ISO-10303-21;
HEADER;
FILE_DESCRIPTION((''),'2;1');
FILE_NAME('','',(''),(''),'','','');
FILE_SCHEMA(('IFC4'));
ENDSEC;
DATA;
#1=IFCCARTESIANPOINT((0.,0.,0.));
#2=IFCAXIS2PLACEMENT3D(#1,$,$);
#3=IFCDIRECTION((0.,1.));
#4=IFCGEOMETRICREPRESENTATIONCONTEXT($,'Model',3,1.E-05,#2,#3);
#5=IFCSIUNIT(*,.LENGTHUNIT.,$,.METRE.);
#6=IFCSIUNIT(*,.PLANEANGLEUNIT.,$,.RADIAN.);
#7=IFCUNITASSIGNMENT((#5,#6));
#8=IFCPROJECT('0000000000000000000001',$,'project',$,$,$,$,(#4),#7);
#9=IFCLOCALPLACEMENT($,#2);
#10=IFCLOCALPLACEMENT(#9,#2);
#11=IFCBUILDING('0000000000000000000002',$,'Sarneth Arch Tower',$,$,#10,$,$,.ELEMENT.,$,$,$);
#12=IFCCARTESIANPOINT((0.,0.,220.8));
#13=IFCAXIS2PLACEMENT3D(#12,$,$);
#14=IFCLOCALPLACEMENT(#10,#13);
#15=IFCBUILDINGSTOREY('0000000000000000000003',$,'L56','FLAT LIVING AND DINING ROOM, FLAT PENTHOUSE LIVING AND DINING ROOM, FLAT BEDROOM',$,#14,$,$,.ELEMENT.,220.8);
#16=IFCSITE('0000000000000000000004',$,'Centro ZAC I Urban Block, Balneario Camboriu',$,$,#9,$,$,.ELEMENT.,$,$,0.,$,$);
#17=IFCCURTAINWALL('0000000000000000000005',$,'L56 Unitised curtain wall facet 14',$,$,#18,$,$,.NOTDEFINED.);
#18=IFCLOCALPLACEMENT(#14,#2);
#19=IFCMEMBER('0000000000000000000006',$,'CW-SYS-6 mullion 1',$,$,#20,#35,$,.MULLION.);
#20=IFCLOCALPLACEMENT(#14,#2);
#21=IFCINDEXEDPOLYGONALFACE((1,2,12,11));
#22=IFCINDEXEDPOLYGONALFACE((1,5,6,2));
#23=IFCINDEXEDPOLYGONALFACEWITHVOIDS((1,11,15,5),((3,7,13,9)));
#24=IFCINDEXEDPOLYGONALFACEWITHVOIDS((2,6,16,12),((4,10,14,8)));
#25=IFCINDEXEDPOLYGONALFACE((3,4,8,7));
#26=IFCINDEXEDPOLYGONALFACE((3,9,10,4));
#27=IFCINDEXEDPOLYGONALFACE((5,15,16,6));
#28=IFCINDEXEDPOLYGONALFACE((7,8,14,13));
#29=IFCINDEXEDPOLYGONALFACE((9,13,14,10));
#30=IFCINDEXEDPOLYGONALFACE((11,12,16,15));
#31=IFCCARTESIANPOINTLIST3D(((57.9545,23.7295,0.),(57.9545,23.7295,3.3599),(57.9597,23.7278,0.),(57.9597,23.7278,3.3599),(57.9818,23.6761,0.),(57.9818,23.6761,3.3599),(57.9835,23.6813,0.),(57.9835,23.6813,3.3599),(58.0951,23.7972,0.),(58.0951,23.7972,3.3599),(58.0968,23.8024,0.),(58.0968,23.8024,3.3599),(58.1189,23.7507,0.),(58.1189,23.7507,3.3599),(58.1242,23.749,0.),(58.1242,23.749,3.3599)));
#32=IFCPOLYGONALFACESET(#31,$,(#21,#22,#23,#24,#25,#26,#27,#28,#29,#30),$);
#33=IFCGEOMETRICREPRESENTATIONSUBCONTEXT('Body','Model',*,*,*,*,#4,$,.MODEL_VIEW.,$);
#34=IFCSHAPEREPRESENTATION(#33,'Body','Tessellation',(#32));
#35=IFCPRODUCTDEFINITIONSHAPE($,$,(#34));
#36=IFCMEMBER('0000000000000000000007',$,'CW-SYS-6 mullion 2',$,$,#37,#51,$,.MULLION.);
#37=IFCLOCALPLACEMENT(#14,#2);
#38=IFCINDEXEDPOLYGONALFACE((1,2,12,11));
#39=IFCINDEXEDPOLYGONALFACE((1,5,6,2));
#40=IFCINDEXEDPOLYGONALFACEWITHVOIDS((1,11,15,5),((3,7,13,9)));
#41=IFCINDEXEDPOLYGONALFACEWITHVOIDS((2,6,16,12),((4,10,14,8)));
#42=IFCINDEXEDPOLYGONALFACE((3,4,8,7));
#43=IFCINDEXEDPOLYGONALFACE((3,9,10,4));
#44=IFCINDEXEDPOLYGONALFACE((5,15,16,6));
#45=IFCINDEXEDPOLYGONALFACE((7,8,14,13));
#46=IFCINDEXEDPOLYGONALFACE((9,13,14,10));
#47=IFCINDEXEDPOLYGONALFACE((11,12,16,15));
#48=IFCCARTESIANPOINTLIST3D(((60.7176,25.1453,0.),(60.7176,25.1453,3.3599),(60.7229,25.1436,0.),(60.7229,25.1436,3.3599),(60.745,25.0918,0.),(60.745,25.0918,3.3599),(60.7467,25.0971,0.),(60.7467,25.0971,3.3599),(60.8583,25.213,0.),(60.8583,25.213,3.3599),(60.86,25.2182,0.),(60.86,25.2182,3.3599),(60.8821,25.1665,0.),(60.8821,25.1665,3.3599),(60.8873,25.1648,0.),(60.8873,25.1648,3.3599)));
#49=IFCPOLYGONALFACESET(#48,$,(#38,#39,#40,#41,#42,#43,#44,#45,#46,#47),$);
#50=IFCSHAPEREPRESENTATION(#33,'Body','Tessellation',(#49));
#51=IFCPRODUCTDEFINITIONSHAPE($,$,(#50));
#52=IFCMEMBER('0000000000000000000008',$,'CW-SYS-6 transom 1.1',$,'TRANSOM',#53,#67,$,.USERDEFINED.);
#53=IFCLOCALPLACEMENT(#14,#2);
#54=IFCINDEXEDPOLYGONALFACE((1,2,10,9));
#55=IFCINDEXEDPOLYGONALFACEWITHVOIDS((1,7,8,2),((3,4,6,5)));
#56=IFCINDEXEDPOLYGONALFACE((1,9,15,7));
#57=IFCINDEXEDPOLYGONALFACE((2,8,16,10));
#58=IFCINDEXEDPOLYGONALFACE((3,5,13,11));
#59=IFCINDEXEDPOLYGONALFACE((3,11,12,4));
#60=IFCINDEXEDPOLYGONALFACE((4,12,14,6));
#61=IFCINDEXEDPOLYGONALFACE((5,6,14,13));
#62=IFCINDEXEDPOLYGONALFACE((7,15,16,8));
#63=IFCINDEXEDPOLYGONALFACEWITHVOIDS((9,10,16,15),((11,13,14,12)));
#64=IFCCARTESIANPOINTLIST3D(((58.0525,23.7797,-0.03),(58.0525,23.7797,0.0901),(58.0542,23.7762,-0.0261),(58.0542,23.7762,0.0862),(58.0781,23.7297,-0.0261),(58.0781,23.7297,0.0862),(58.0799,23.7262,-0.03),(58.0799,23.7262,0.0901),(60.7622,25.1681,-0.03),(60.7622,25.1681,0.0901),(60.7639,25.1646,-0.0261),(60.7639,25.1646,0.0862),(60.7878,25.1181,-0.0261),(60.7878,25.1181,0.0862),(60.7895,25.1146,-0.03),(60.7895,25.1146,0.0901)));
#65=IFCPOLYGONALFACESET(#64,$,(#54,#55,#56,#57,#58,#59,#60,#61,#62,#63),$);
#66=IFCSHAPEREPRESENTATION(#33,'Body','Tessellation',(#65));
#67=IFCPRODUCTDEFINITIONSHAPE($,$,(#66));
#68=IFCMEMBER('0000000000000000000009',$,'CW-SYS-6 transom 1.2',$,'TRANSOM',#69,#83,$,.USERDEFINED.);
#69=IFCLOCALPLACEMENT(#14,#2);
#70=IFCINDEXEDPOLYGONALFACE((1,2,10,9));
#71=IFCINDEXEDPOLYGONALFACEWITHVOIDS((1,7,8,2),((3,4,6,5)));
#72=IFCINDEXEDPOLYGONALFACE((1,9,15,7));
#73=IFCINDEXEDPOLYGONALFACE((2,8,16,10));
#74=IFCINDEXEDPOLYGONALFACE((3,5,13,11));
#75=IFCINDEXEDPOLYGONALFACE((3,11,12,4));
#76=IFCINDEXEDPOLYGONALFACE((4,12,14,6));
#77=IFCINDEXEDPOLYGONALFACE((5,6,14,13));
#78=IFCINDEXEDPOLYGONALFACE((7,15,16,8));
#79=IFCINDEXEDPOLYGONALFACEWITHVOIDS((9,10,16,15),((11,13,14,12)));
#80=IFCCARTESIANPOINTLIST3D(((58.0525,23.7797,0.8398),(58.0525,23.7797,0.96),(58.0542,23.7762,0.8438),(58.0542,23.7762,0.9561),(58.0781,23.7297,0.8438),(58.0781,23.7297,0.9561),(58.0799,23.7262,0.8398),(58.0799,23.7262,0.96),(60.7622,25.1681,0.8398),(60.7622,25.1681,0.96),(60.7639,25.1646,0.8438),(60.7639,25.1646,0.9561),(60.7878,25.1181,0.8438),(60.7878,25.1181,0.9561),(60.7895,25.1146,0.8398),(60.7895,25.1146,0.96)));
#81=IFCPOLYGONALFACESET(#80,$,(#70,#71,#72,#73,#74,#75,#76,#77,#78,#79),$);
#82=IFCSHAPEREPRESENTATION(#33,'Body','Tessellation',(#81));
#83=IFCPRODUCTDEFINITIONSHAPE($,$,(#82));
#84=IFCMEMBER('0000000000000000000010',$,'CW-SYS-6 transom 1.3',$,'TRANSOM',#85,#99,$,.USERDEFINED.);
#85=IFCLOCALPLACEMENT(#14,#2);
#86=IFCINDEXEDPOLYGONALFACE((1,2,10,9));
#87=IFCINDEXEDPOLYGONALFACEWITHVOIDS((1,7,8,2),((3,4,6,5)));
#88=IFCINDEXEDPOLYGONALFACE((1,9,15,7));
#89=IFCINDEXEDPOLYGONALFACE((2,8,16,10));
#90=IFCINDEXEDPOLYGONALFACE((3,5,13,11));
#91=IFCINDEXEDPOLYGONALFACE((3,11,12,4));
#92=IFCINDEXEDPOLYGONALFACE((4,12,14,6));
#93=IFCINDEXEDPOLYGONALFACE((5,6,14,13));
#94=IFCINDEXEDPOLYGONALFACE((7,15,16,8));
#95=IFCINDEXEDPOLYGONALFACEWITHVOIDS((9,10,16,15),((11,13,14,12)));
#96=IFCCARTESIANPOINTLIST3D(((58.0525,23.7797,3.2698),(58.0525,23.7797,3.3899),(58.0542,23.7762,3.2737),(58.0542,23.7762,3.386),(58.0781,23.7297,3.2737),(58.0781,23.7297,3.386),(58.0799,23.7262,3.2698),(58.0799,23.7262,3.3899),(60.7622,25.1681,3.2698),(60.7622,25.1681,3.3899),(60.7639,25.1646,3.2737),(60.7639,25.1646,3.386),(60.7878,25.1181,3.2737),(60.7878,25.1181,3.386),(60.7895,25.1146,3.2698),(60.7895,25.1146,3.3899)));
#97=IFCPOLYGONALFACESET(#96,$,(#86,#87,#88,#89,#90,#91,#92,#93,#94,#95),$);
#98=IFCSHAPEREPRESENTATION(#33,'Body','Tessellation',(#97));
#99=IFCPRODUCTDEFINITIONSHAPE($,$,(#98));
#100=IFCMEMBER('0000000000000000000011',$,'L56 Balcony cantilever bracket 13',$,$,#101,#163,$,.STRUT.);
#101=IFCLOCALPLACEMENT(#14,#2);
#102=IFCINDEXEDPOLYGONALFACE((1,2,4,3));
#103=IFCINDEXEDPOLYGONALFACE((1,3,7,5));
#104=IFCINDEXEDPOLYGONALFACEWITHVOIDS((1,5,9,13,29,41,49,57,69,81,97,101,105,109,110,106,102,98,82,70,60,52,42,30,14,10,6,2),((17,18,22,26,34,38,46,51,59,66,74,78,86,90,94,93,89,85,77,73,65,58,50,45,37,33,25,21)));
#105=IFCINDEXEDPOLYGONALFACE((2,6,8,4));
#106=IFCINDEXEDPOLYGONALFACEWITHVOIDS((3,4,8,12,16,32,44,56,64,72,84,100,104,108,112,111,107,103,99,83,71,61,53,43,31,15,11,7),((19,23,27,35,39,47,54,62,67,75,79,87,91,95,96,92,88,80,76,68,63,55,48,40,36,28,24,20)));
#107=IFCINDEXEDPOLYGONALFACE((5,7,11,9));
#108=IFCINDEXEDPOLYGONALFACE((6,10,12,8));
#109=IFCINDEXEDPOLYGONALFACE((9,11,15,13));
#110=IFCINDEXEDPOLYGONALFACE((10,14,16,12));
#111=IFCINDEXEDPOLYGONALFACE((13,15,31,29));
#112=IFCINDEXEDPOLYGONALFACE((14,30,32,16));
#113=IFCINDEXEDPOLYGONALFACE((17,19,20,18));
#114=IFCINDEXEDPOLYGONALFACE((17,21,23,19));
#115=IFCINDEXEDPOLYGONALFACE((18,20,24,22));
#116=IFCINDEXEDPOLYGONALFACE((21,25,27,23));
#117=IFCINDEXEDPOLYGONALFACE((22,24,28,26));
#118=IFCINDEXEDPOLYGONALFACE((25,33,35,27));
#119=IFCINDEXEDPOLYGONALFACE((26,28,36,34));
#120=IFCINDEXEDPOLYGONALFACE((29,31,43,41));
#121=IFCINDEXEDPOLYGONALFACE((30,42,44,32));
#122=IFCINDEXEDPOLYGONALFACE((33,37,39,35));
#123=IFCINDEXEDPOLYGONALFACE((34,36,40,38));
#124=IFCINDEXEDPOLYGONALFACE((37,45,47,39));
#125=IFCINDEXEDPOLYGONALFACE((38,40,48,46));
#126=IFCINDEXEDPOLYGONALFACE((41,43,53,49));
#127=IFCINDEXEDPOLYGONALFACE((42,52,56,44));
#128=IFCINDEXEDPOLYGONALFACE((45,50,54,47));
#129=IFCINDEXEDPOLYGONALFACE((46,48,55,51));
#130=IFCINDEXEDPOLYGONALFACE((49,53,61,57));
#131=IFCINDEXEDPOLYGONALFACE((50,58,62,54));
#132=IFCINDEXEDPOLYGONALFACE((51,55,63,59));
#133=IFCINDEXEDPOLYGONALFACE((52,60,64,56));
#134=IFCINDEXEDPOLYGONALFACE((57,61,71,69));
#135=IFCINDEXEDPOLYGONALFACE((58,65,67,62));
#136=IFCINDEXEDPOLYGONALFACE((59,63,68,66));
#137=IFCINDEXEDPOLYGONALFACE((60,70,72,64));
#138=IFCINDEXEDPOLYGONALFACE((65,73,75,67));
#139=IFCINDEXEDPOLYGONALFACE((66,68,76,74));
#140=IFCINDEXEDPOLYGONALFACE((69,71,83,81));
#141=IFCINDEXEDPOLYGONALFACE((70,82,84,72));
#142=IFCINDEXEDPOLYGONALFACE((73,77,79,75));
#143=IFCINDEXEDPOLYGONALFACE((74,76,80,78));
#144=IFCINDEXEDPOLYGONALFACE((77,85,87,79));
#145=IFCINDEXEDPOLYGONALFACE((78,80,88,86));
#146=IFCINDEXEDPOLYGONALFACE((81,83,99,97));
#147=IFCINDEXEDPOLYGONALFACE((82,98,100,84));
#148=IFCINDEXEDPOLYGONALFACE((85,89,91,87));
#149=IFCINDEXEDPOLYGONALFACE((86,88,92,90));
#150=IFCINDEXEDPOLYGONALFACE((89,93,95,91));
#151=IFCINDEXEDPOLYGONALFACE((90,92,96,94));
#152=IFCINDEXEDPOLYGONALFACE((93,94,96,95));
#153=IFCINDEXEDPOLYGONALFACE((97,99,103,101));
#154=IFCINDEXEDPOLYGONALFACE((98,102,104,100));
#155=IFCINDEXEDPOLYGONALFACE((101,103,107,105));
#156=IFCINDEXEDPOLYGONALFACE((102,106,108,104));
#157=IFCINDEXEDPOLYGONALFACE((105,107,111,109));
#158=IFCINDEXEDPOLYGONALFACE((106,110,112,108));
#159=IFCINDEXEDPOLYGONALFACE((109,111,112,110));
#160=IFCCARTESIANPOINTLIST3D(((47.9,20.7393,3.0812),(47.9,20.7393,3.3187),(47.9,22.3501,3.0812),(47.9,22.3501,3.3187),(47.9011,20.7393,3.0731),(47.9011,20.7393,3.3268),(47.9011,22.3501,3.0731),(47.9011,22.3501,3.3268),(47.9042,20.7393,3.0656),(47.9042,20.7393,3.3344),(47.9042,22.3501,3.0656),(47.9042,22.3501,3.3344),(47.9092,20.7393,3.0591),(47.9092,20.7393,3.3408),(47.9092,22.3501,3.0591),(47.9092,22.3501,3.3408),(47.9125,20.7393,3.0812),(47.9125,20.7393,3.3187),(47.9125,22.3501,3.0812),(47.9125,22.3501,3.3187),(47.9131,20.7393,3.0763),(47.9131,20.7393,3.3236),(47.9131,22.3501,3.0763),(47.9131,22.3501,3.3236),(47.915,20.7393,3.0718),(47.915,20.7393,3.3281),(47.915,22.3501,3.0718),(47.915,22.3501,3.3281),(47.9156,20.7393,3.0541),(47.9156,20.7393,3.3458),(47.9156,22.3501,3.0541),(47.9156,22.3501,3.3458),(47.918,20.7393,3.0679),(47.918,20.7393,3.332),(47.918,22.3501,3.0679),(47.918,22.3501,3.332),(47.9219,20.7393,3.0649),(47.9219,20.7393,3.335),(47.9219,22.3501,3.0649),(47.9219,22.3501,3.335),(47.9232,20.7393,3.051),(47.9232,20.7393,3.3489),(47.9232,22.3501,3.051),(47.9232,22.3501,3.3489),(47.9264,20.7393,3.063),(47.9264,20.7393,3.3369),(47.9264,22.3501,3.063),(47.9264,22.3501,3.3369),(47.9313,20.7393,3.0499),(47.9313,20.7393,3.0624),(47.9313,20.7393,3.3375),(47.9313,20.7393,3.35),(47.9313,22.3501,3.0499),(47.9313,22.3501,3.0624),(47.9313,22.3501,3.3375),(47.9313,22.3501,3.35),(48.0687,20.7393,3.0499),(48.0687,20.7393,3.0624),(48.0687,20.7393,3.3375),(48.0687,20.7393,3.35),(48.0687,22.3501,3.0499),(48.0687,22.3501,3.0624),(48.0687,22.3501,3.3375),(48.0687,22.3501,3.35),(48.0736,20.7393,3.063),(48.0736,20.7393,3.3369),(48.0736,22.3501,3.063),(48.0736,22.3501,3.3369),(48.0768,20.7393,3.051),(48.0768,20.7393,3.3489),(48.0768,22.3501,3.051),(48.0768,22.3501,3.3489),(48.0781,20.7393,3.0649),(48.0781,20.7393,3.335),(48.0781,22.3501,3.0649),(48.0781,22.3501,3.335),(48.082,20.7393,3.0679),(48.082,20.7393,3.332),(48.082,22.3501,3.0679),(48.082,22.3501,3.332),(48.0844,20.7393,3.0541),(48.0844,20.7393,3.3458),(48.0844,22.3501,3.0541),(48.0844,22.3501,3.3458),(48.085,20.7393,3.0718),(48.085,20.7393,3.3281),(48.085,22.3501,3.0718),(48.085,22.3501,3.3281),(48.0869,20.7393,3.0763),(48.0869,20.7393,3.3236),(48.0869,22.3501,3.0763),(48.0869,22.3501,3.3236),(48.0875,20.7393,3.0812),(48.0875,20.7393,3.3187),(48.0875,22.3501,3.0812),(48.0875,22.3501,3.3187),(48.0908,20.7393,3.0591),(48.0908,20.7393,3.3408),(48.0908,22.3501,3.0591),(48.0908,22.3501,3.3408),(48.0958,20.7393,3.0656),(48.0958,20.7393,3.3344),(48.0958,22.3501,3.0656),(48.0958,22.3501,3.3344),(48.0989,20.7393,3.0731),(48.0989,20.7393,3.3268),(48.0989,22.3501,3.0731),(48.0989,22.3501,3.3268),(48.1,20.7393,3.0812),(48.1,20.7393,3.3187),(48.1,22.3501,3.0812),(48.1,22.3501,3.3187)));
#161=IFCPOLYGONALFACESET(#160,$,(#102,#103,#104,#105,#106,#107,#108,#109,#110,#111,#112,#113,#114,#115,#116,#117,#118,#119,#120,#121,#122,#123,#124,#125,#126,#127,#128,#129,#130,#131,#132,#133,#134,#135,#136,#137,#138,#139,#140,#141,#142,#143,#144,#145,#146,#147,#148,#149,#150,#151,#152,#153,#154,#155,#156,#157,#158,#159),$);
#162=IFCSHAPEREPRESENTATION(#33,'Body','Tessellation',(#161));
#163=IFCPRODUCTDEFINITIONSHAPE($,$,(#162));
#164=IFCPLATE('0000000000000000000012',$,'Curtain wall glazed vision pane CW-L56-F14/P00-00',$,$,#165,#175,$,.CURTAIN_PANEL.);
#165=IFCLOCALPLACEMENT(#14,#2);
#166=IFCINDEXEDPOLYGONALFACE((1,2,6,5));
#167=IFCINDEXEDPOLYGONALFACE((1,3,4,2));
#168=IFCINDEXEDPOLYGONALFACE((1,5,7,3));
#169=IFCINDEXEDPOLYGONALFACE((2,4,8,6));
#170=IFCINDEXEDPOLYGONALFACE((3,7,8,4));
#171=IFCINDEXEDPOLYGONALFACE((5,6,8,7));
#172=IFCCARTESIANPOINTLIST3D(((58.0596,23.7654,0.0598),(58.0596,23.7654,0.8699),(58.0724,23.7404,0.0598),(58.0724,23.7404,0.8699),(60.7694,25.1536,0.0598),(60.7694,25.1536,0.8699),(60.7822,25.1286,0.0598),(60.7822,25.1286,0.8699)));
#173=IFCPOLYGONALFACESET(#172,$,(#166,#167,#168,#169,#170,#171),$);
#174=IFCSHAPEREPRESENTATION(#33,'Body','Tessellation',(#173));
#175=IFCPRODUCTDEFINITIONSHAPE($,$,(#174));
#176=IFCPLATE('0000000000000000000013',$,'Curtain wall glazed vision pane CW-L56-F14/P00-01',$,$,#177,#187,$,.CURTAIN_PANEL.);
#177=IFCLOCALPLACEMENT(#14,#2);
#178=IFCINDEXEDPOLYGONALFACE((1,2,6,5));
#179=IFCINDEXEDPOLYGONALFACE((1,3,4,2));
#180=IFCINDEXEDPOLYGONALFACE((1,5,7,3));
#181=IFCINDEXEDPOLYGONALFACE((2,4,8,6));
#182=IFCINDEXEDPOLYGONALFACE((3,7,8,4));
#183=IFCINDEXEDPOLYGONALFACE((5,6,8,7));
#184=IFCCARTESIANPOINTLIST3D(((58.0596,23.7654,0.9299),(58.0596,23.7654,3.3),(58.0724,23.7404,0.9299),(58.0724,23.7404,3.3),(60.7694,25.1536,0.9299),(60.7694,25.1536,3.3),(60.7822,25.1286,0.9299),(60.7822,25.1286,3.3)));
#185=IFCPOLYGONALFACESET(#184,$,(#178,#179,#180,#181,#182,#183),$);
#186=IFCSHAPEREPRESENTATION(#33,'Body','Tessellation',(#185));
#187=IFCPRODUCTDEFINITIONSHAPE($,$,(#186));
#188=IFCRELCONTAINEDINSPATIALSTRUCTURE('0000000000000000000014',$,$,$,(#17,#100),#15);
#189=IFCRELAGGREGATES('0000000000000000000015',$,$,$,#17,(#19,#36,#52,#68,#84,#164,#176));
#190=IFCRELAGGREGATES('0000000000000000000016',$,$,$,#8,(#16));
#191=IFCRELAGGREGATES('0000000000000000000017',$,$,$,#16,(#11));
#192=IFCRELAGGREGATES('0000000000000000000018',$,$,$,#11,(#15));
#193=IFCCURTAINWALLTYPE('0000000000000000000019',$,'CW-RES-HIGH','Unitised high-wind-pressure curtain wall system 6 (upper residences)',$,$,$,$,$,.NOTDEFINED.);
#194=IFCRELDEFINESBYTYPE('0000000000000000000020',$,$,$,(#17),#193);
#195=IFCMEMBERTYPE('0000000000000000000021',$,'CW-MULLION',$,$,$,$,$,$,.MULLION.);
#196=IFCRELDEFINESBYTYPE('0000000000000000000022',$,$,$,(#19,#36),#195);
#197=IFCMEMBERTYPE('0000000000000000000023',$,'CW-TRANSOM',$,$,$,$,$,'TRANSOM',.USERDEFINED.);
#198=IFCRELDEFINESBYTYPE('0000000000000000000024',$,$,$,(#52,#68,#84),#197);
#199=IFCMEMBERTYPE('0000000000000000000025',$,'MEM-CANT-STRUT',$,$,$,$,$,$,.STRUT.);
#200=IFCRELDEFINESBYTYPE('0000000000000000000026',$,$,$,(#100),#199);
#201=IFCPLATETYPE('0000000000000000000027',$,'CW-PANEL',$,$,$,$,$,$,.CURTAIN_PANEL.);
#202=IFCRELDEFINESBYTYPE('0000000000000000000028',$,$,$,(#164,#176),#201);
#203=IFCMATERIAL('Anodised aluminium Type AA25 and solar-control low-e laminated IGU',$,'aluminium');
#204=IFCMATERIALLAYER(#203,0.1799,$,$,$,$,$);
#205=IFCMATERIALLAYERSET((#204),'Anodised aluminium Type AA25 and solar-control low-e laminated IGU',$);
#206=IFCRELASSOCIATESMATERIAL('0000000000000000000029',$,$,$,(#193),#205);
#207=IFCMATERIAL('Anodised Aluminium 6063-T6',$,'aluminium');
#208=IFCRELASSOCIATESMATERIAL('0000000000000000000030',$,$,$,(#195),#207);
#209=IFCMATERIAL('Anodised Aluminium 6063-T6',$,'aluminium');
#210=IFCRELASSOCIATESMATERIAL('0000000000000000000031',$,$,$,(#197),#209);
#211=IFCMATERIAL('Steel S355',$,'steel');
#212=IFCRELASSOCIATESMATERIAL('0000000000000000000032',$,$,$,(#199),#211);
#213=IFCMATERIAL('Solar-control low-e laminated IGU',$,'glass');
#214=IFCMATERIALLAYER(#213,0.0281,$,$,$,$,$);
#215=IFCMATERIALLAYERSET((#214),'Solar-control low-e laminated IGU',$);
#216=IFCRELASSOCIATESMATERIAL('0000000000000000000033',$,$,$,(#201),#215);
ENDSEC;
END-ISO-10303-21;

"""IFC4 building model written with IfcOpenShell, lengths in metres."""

from ifc_helpers import new_model, si_unit, direction, frame, origin, origin_2d, place, context, subcontext, project, spatial, rectangle, hollow_rectangle, extrude, material, layer, layer_set, material_profile, profile_set, type_object, element, aggregate, save


model = new_model("IFC4")

# Units and contexts
model_context = context("Model", 3, precision=1e-05, world=origin(), true_north=direction((0.0, 1.0)))
body_context = subcontext(model_context, "Body", "Model", "MODEL_VIEW")
ifc_project = project(units=[si_unit("LENGTHUNIT", "METRE"), si_unit("PLANEANGLEUNIT", "RADIAN")], contexts=[model_context])

# Site, building, storey
site_placement = place(None, origin())
site = spatial("IfcSite", under=ifc_project, at=site_placement, Name="Centro ZAC I Urban Block, Balneario Camboriu", CompositionType="ELEMENT", RefElevation=0.0)
building_placement = place(site_placement, origin())
building = spatial("IfcBuilding", under=site, at=building_placement, Name="Sarneth Arch Tower", CompositionType="ELEMENT")
storey_placement = place(building_placement, frame((0.0, 0.0, 220.8)))
storey = spatial("IfcBuildingStorey", under=building, at=storey_placement, Name="L56", Description="FLAT LIVING AND DINING ROOM, FLAT PENTHOUSE LIVING AND DINING ROOM, FLAT BEDROOM", CompositionType="ELEMENT", Elevation=220.8)

# Curtain wall, members
ifc_material_1 = material(Name="Anodised aluminium Type AA25 and solar-control low-e laminated IGU", Category="aluminium")
ifc_layer_1 = layer(ifc_material_1, 0.1799)
ifc_layer_set_1 = layer_set([ifc_layer_1], Name="Anodised aluminium Type AA25 and solar-control low-e laminated IGU")
curtain_wall_type = type_object("IfcCurtainWallType", Name="CW-RES-HIGH", Description="Unitised high-wind-pressure curtain wall system 6 (upper residences)", PredefinedType="NOTDEFINED", material=ifc_layer_set_1)
curtain_wall_placement = place(storey_placement, origin())
curtain_wall = element("IfcCurtainWall", 1, at=curtain_wall_placement, inside=storey, type_object=curtain_wall_type, Name="L56 Unitised curtain wall facet 14", PredefinedType="NOTDEFINED")
ifc_material_2 = material(Name="Anodised Aluminium 6063-T6", Category="aluminium")
ifc_material_profile_1 = material_profile(ifc_material_2, hollow_rectangle(XDim=0.0601, YDim=0.1599, WallThickness=0.0039, at=origin_2d()), Name="AL-MULL-160x60x4")
ifc_profile_set_1 = profile_set([ifc_material_profile_1], Name="Anodised Aluminium 6063-T6")
member_type_1 = type_object("IfcMemberType", Name="CW-MULLION", PredefinedType="MULLION", material=ifc_profile_set_1)
member_1_placement = place(storey_placement, frame((58.0393, 23.7393, 0.0), z_axis=(0.0, 0.0, 1.0), x_axis=(-0.455942, 0.89001, 0.0)))
member_1 = element("IfcMember", 2, at=member_1_placement, type_object=member_type_1, Name="CW-SYS-6 mullion 1", PredefinedType="MULLION", context=body_context, shape_type="SweptSolid", body=[
    extrude(hollow_rectangle(XDim=0.0601, YDim=0.1599, WallThickness=0.0039, at=origin_2d()), origin(), (0.0, 0.0, 1.0), 3.3599),
])
member_2_placement = place(storey_placement, frame((60.8025, 25.155, 0.0), z_axis=(0.0, 0.0, 1.0), x_axis=(-0.455942, 0.89001, 0.0)))
member_2 = element("IfcMember", 3, at=member_2_placement, type_object=member_type_1, Name="CW-SYS-6 mullion 2", PredefinedType="MULLION", context=body_context, shape_type="SweptSolid", body=[
    extrude(hollow_rectangle(XDim=0.0601, YDim=0.1599, WallThickness=0.0039, at=origin_2d()), origin(), (0.0, 0.0, 1.0), 3.3599),
])
ifc_material_3 = material(Name="Anodised Aluminium 6063-T6", Category="aluminium")
ifc_material_profile_2 = material_profile(ifc_material_3, hollow_rectangle(XDim=0.0601, YDim=0.1201, WallThickness=0.0039, at=origin_2d()), Name="AL-TRAN-120x60x4")
ifc_profile_set_2 = profile_set([ifc_material_profile_2], Name="Anodised Aluminium 6063-T6")
member_type_2 = type_object("IfcMemberType", Name="CW-TRANSOM", ElementType="TRANSOM", PredefinedType="USERDEFINED", material=ifc_profile_set_2)
member_3_placement = place(storey_placement, frame((58.0662, 23.7529, 0.03), z_axis=(0.889974, 0.456012, 0.0), x_axis=(-0.456012, 0.889974, 0.0)))
member_3 = element("IfcMember", 4, at=member_3_placement, type_object=member_type_2, Name="CW-SYS-6 transom 1.1", ObjectType="TRANSOM", PredefinedType="USERDEFINED", context=body_context, shape_type="SweptSolid", body=[
    extrude(hollow_rectangle(XDim=0.0601, YDim=0.1201, WallThickness=0.0039, at=origin_2d()), origin(), (0.0, 0.0, 1.0), 3.0447),
])
member_4_placement = place(storey_placement, frame((58.0662, 23.7529, 0.8999), z_axis=(0.889974, 0.456012, 0.0), x_axis=(-0.456012, 0.889974, 0.0)))
member_4 = element("IfcMember", 5, at=member_4_placement, type_object=member_type_2, Name="CW-SYS-6 transom 1.2", ObjectType="TRANSOM", PredefinedType="USERDEFINED", context=body_context, shape_type="SweptSolid", body=[
    extrude(hollow_rectangle(XDim=0.0601, YDim=0.1201, WallThickness=0.0039, at=origin_2d()), origin(), (0.0, 0.0, 1.0), 3.0447),
])
member_5_placement = place(storey_placement, frame((58.0662, 23.7529, 3.3298), z_axis=(0.889974, 0.456012, 0.0), x_axis=(-0.456012, 0.889974, 0.0)))
member_5 = element("IfcMember", 6, at=member_5_placement, type_object=member_type_2, Name="CW-SYS-6 transom 1.3", ObjectType="TRANSOM", PredefinedType="USERDEFINED", context=body_context, shape_type="SweptSolid", body=[
    extrude(hollow_rectangle(XDim=0.0601, YDim=0.1201, WallThickness=0.0039, at=origin_2d()), origin(), (0.0, 0.0, 1.0), 3.0447),
])

# Member
ifc_material_4 = material(Name="Steel S355", Category="steel")
ifc_material_profile_3 = material_profile(ifc_material_4, hollow_rectangle(XDim=0.2, YDim=0.3, WallThickness=0.0125, InnerFilletRadius=0.0188, OuterFilletRadius=0.0312, at=origin_2d()), Name="RHS300x200x12.5")
ifc_profile_set_3 = profile_set([ifc_material_profile_3], Name="Steel S355")
member_type_3 = type_object("IfcMemberType", Name="MEM-CANT-STRUT", PredefinedType="STRUT", material=ifc_profile_set_3)
member_6_placement = place(storey_placement, frame((48.0, 22.3501, 3.2), z_axis=(0.0, -1.0, 0.0), x_axis=(1.0, 0.0, 0.0)))
element("IfcMember", 7, at=member_6_placement, inside=storey, type_object=member_type_3, Name="L56 Balcony cantilever bracket 13", PredefinedType="STRUT", context=body_context, shape_type="SweptSolid", body=[
    extrude(hollow_rectangle(XDim=0.2, YDim=0.3, WallThickness=0.0125, InnerFilletRadius=0.0188, OuterFilletRadius=0.0312, at=origin_2d()), origin(), (0.0, 0.0, 1.0), 1.6108),
])

# Plates
ifc_material_5 = material(Name="Solar-control low-e laminated IGU", Category="glass")
ifc_layer_2 = layer(ifc_material_5, 0.0281)
ifc_layer_set_2 = layer_set([ifc_layer_2], Name="Solar-control low-e laminated IGU")
plate_type_1 = type_object("IfcPlateType", Name="CW-PANEL", PredefinedType="CURTAIN_PANEL", material=ifc_layer_set_2)
plate_1_placement = place(storey_placement, frame((59.4209, 24.447, 0.0598), z_axis=(0.0, 0.0, 1.0), x_axis=(0.89001, 0.455942, 0.0)))
plate_1 = element("IfcPlate", 8, at=plate_1_placement, type_object=plate_type_1, Name="Curtain wall glazed vision pane CW-L56-F14/P00-00", PredefinedType="CURTAIN_PANEL", context=body_context, shape_type="SweptSolid", body=[
    extrude(rectangle(XDim=3.0447, YDim=0.0281, at=origin_2d()), origin(), (0.0, 0.0, 1.0), 0.8101),
])
plate_2_placement = place(storey_placement, frame((59.4209, 24.447, 0.9299), z_axis=(0.0, 0.0, 1.0), x_axis=(0.89001, 0.455942, 0.0)))
plate_2 = element("IfcPlate", 9, at=plate_2_placement, type_object=plate_type_1, Name="Curtain wall glazed vision pane CW-L56-F14/P00-01", PredefinedType="CURTAIN_PANEL", context=body_context, shape_type="SweptSolid", body=[
    extrude(rectangle(XDim=3.0447, YDim=0.0281, at=origin_2d()), origin(), (0.0, 0.0, 1.0), 2.3701),
])
aggregate(curtain_wall, [member_1, member_2, member_3, member_4, member_5, plate_1, plate_2])

save(model, "model.ifc")
